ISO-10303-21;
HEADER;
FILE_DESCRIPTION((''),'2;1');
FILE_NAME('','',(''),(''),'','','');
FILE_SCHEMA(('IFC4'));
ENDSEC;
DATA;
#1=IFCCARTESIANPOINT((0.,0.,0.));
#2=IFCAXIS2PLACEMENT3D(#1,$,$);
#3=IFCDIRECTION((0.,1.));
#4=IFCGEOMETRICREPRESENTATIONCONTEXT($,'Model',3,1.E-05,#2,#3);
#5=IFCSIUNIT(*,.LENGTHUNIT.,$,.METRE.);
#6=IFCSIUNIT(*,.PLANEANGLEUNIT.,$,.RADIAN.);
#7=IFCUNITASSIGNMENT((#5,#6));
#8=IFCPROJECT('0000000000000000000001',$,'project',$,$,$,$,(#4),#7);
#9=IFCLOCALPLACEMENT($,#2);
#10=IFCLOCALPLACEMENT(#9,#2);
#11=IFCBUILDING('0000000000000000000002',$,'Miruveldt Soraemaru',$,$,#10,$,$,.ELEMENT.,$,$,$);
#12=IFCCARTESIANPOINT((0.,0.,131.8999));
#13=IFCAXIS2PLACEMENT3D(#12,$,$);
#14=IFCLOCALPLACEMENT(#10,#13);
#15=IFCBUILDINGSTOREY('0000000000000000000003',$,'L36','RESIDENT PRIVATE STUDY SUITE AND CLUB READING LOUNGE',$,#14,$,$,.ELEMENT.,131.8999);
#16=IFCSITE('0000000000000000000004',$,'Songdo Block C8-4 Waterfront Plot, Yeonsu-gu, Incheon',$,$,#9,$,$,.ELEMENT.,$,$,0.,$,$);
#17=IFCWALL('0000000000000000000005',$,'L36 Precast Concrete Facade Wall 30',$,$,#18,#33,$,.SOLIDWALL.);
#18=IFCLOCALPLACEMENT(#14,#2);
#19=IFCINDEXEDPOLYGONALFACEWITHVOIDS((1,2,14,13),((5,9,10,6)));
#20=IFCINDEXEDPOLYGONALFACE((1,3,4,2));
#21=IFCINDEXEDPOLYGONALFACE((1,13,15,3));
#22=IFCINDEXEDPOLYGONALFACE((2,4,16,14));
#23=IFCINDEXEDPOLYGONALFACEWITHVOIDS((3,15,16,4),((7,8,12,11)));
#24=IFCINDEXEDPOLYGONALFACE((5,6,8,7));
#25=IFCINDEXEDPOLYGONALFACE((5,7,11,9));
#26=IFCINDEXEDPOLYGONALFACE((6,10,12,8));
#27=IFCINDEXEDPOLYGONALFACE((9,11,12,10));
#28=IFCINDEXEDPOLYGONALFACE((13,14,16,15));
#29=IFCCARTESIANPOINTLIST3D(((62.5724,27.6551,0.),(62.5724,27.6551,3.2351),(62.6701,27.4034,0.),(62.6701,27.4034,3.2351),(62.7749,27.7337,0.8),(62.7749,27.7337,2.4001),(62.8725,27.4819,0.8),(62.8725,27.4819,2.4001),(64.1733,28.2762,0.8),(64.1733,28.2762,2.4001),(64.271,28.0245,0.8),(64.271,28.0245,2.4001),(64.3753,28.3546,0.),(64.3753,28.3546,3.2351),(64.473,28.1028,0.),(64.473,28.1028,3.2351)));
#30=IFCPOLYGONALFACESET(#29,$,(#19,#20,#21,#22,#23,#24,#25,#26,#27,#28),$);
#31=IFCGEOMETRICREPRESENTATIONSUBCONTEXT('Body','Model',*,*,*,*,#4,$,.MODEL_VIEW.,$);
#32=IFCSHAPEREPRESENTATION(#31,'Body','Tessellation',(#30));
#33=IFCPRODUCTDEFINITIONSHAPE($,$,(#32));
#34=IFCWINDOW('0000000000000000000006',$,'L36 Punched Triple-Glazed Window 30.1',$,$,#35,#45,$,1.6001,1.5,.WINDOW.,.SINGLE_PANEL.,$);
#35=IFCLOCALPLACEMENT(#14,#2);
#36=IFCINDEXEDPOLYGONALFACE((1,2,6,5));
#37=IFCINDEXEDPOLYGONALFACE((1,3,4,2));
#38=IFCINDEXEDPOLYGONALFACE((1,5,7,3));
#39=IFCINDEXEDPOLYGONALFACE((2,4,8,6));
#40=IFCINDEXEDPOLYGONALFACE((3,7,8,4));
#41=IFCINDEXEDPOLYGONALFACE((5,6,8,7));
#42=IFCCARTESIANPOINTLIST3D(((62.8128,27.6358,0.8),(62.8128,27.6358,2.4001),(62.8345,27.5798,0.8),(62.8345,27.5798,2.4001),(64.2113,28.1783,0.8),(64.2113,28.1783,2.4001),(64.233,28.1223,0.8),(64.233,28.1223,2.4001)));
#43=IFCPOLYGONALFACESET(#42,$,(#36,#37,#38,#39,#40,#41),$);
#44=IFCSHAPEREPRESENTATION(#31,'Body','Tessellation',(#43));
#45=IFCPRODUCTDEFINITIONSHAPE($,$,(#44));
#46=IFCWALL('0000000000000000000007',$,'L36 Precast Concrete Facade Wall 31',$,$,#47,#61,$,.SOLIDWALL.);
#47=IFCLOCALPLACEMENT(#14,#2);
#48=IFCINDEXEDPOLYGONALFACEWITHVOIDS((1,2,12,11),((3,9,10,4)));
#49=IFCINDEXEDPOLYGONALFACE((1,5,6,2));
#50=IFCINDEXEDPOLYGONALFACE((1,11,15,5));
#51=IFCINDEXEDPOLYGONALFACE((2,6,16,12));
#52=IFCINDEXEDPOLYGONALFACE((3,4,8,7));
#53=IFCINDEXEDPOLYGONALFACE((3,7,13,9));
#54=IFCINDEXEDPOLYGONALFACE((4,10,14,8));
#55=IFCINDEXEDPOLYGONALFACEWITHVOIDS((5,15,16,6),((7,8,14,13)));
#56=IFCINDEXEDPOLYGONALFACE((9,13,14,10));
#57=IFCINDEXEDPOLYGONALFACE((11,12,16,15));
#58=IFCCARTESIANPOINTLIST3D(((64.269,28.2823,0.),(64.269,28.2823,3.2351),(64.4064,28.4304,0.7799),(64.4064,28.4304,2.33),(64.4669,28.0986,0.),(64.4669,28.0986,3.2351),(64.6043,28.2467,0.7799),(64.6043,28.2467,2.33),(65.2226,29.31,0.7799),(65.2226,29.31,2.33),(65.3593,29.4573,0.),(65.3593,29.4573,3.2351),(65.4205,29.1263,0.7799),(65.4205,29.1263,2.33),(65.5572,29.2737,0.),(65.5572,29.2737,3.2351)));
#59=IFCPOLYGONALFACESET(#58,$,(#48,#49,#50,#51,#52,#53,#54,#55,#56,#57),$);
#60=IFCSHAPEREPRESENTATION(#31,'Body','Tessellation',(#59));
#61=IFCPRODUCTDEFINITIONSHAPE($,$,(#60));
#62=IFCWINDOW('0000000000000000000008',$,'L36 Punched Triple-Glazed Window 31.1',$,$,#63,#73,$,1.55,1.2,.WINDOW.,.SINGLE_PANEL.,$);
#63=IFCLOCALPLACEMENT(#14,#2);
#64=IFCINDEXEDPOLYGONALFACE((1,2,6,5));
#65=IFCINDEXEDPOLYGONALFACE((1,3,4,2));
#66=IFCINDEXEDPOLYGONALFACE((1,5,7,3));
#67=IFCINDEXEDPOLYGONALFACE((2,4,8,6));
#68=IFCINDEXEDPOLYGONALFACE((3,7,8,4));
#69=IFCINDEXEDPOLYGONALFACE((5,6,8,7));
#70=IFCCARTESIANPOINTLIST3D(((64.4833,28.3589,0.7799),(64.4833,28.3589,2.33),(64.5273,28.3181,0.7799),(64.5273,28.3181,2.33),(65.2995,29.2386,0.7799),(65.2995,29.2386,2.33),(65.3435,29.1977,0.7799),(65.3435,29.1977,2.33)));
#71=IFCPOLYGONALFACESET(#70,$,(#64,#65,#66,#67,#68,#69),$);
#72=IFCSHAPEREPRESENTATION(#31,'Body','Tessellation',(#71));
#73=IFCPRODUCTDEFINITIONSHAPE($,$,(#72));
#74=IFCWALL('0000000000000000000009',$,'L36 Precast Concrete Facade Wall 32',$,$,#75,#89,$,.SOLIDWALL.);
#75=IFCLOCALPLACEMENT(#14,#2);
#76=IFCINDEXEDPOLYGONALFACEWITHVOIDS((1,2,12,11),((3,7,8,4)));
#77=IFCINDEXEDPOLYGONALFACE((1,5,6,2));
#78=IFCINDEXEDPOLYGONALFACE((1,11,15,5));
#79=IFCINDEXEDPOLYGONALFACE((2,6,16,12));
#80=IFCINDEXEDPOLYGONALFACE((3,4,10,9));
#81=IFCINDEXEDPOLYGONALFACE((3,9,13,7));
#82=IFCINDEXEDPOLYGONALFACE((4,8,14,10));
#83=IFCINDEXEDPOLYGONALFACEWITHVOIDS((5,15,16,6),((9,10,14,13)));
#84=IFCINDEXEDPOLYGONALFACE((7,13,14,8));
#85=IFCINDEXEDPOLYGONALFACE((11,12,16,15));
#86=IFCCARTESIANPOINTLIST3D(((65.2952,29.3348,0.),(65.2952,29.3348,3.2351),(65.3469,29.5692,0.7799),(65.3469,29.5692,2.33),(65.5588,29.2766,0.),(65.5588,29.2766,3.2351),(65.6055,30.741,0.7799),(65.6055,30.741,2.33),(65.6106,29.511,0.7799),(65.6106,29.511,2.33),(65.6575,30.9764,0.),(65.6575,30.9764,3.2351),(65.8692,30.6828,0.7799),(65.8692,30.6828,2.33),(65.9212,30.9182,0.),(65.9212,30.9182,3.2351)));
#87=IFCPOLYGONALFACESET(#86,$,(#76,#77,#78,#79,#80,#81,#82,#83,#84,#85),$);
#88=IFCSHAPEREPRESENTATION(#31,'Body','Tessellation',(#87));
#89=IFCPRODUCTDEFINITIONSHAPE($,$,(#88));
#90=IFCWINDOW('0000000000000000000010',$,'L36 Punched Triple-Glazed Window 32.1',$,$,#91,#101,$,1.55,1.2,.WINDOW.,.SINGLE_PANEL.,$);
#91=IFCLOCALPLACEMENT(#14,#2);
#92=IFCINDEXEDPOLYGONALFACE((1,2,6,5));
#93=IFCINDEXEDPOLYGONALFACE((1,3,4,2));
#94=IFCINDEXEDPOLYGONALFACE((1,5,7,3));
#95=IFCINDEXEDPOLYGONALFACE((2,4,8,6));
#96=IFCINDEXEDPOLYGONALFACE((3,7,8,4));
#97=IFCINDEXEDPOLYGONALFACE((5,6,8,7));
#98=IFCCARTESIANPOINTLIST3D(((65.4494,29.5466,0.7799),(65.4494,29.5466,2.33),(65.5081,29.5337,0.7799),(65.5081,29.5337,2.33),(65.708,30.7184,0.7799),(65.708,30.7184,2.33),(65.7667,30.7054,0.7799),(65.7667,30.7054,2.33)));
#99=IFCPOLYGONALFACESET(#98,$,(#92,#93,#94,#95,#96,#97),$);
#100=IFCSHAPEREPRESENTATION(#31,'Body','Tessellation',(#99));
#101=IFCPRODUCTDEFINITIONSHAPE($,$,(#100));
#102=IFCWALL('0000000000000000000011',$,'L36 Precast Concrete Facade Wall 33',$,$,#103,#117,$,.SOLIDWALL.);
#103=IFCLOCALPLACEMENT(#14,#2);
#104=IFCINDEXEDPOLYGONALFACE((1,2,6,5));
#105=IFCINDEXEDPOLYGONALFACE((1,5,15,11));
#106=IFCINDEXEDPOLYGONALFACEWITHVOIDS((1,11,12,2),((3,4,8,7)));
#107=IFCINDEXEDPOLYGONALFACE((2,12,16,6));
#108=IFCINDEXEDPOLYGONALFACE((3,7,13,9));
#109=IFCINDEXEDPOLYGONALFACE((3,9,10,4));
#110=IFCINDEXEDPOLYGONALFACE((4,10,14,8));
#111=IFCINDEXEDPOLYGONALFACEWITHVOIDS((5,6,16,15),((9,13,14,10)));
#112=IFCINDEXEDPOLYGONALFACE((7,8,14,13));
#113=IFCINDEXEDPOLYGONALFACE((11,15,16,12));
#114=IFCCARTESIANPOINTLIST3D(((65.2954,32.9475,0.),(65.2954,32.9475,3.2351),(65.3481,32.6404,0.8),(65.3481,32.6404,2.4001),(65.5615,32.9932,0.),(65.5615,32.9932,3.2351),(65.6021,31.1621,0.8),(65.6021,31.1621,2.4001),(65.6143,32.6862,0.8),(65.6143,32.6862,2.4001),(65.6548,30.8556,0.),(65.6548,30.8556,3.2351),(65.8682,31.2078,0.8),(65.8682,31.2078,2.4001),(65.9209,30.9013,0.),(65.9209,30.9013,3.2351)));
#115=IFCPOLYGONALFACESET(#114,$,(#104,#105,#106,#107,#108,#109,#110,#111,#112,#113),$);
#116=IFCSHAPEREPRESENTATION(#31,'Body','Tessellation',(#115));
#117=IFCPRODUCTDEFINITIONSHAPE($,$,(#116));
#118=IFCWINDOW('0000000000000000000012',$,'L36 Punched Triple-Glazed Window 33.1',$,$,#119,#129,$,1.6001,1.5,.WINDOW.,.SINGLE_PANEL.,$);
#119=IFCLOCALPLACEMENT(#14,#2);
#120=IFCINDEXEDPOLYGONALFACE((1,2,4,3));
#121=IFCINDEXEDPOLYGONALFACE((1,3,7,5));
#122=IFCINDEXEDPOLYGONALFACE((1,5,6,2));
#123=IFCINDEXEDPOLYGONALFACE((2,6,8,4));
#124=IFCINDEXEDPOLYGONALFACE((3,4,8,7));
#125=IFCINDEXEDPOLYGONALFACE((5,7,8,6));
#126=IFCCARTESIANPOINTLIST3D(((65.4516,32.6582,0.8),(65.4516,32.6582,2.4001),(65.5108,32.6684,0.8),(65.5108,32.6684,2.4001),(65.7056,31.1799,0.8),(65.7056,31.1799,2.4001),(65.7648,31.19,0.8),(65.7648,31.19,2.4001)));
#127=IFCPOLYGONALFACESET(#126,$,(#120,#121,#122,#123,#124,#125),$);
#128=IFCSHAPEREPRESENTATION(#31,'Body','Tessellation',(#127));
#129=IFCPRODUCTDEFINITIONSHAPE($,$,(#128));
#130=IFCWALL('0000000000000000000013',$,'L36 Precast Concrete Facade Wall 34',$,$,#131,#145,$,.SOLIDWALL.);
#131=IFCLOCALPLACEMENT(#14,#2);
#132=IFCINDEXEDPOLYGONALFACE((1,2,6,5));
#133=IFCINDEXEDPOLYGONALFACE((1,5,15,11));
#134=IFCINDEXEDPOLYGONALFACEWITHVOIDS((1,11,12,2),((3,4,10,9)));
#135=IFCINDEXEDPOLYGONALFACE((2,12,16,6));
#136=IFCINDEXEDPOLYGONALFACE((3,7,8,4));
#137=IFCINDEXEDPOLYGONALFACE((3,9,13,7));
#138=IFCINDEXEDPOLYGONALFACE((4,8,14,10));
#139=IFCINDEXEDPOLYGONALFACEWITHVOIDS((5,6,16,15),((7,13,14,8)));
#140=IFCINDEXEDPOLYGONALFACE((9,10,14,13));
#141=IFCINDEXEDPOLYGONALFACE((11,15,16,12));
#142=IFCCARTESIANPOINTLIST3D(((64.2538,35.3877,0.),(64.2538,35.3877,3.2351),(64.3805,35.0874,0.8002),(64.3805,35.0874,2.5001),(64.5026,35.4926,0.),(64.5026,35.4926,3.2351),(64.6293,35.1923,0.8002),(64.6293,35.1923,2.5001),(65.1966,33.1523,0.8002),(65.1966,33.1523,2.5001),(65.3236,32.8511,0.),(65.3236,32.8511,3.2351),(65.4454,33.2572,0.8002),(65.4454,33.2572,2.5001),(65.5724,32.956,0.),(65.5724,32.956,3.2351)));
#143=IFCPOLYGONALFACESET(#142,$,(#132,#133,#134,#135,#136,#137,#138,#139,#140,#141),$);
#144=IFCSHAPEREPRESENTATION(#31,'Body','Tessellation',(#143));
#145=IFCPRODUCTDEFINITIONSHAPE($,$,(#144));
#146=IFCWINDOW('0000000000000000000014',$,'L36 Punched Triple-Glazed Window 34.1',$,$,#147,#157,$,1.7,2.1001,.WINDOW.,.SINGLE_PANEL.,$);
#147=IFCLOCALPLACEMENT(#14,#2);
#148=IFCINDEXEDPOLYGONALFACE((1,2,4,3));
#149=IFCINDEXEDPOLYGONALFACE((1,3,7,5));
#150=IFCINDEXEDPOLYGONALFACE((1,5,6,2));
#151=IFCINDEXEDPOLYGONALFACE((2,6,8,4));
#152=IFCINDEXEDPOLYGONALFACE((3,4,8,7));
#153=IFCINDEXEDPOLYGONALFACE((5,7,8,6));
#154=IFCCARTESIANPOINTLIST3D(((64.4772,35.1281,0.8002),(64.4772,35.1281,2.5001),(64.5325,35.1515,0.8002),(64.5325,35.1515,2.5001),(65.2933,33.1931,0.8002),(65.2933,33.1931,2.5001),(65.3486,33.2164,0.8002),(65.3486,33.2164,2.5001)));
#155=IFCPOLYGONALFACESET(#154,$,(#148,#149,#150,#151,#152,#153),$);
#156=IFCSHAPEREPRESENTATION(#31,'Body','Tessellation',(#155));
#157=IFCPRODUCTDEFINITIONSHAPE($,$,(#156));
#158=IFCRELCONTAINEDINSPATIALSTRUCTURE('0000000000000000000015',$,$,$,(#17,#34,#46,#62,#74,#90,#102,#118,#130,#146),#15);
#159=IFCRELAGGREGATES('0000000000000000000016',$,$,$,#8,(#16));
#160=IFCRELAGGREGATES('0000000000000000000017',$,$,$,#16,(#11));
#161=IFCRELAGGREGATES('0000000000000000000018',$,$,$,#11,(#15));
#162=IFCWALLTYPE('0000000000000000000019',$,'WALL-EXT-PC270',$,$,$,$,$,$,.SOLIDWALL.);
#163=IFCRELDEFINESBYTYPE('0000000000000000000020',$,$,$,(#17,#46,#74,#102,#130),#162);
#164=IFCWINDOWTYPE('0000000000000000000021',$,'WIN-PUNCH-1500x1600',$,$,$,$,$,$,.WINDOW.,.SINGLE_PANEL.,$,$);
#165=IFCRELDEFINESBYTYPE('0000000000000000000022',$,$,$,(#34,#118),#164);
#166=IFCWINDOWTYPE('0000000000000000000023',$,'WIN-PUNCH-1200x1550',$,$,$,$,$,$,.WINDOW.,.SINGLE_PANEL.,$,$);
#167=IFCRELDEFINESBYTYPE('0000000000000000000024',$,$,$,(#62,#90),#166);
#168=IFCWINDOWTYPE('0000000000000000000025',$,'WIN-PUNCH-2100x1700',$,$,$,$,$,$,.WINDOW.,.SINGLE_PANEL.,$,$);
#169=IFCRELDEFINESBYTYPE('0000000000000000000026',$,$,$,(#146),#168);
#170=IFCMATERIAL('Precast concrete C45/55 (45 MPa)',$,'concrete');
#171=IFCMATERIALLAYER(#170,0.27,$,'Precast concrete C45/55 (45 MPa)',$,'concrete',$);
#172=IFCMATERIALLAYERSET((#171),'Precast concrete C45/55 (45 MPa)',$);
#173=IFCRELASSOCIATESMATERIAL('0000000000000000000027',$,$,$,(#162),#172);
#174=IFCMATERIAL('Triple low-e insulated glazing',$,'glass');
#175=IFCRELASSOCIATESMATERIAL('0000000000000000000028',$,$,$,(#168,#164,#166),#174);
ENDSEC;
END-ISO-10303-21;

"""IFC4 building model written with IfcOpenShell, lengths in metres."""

from ifc_helpers import new_model, si_unit, direction, frame, frame_2d, origin, place, context, subcontext, project, spatial, rectangle, extrude, material, layer, layer_set, type_object, element, fill, save


model = new_model("IFC4")

# Units and contexts
model_context = context("Model", 3, precision=1e-05, world=origin(), true_north=direction((0.0, 1.0)))
body_context = subcontext(model_context, "Body", "Model", "MODEL_VIEW")
ifc_project = project(units=[si_unit("LENGTHUNIT", "METRE"), si_unit("PLANEANGLEUNIT", "RADIAN")], contexts=[model_context])

# Site, building, storey
site_placement = place(None, origin())
site = spatial("IfcSite", under=ifc_project, at=site_placement, Name="Songdo Block C8-4 Waterfront Plot, Yeonsu-gu, Incheon", CompositionType="ELEMENT", RefElevation=0.0)
building_placement = place(site_placement, origin())
building = spatial("IfcBuilding", under=site, at=building_placement, Name="Miruveldt Soraemaru", CompositionType="ELEMENT")
storey_placement = place(building_placement, frame((0.0, 0.0, 131.8999)))
storey = spatial("IfcBuildingStorey", under=building, at=storey_placement, Name="L36", Description="RESIDENT PRIVATE STUDY SUITE AND CLUB READING LOUNGE", CompositionType="ELEMENT", Elevation=131.8999)

# Walls, openings, windows
ifc_material_1 = material(Name="Precast concrete C45/55 (45 MPa)", Category="concrete")
ifc_layer_1 = layer(ifc_material_1, 0.27, Name="Precast concrete C45/55 (45 MPa)", Category="concrete")
ifc_layer_set_1 = layer_set([ifc_layer_1], Name="Precast concrete C45/55 (45 MPa)")
wall_type_1 = type_object("IfcWallType", Name="WALL-EXT-PC270", PredefinedType="SOLIDWALL", material=ifc_layer_set_1)
ifc_material_2 = material(Name="Triple low-e insulated glazing", Category="glass")
window_type_1 = type_object("IfcWindowType", Name="WIN-PUNCH-2100x1700", PartitioningType="SINGLE_PANEL", PredefinedType="WINDOW", material=ifc_material_2)
wall_1_placement = place(storey_placement, frame((62.6213, 27.5293, 0.0), z_axis=(0.0, 0.0, 1.0), x_axis=(0.932301, 0.361685, 0.0)))
wall_1 = element("IfcWall", 1, at=wall_1_placement, inside=storey, type_object=wall_type_1, Name="L36 Precast Concrete Facade Wall 30", PredefinedType="SOLIDWALL", context=body_context, shape_type="SweptSolid", body=[
    extrude(rectangle(XDim=1.9338, YDim=0.27, at=frame_2d((0.9668, 0.0))), origin(), (0.0, 0.0, 1.0), 3.2351),
])
opening_1_placement = place(wall_1_placement, frame((0.217, 0.0, 0.8)))
opening_1 = element("IfcOpeningElement", 2, at=opening_1_placement, cuts=wall_1, PredefinedType="OPENING", context=body_context, shape_type="SweptSolid", body=[
    extrude(rectangle(XDim=1.5, YDim=1.6001, at=frame_2d((0.75, 0.8))), frame((0.0, 0.145, 0.0), z_axis=(0.0, -1.0, 0.0), x_axis=(1.0, 0.0, 0.0)), (0.0, 0.0, 1.0), 0.29),
])
window_type_2 = type_object("IfcWindowType", Name="WIN-PUNCH-1500x1600", PartitioningType="SINGLE_PANEL", PredefinedType="WINDOW", material=ifc_material_2)
window_1_placement = place(opening_1_placement, origin())
window_1 = element("IfcWindow", 3, at=window_1_placement, inside=storey, type_object=window_type_2, Name="L36 Punched Triple-Glazed Window 30.1", OverallHeight=1.6001, OverallWidth=1.5, PartitioningType="SINGLE_PANEL", PredefinedType="WINDOW", context=body_context, shape_type="SweptSolid", body=[
    extrude(rectangle(XDim=1.5, YDim=1.6001, at=frame_2d((0.75, 0.8))), frame((0.0, 0.03, 0.0), z_axis=(0.0, -1.0, 0.0), x_axis=(1.0, 0.0, 0.0)), (0.0, 0.0, 1.0), 0.0601),
])
fill(opening_1, window_1)
wall_2_placement = place(storey_placement, frame((64.3679, 28.1904, 0.0), z_axis=(0.0, 0.0, 1.0), x_axis=(0.680188, 0.733038, 0.0)))
wall_2 = element("IfcWall", 4, at=wall_2_placement, inside=storey, type_object=wall_type_1, Name="L36 Precast Concrete Facade Wall 31", PredefinedType="SOLIDWALL", context=body_context, shape_type="SweptSolid", body=[
    extrude(rectangle(XDim=1.603, YDim=0.27, at=frame_2d((0.8015, 0.0))), origin(), (0.0, 0.0, 1.0), 3.2351),
])
opening_2_placement = place(wall_2_placement, frame((0.2019, 0.0, 0.78)))
opening_2 = element("IfcOpeningElement", 5, at=opening_2_placement, cuts=wall_2, PredefinedType="OPENING", context=body_context, shape_type="SweptSolid", body=[
    extrude(rectangle(XDim=1.2, YDim=1.55, at=frame_2d((0.6001, 0.7749))), frame((0.0, 0.145, 0.0), z_axis=(0.0, -1.0, 0.0), x_axis=(1.0, 0.0, 0.0)), (0.0, 0.0, 1.0), 0.29),
])
window_type_3 = type_object("IfcWindowType", Name="WIN-PUNCH-1200x1550", PartitioningType="SINGLE_PANEL", PredefinedType="WINDOW", material=ifc_material_2)
window_2_placement = place(opening_2_placement, origin())
window_2 = element("IfcWindow", 6, at=window_2_placement, inside=storey, type_object=window_type_3, Name="L36 Punched Triple-Glazed Window 31.1", OverallHeight=1.55, OverallWidth=1.2, PartitioningType="SINGLE_PANEL", PredefinedType="WINDOW", context=body_context, shape_type="SweptSolid", body=[
    extrude(rectangle(XDim=1.2, YDim=1.55, at=frame_2d((0.6001, 0.7749))), frame((0.0, 0.03, 0.0), z_axis=(0.0, -1.0, 0.0), x_axis=(1.0, 0.0, 0.0)), (0.0, 0.0, 1.0), 0.0601),
])
fill(opening_2, window_2)
wall_3_placement = place(storey_placement, frame((65.427, 29.3057, 0.0), z_axis=(0.0, 0.0, 1.0), x_axis=(0.215516, 0.9765, 0.0)))
wall_3 = element("IfcWall", 7, at=wall_3_placement, inside=storey, type_object=wall_type_1, Name="L36 Precast Concrete Facade Wall 32", PredefinedType="SOLIDWALL", context=body_context, shape_type="SweptSolid", body=[
    extrude(rectangle(XDim=1.6812, YDim=0.27, at=frame_2d((0.8406, 0.0))), origin(), (0.0, 0.0, 1.0), 3.2351),
])
opening_3_placement = place(wall_3_placement, frame((0.24, 0.0, 0.78)))
opening_3 = element("IfcOpeningElement", 8, at=opening_3_placement, cuts=wall_3, PredefinedType="OPENING", context=body_context, shape_type="SweptSolid", body=[
    extrude(rectangle(XDim=1.2, YDim=1.55, at=frame_2d((0.6001, 0.7749))), frame((0.0, 0.145, 0.0), z_axis=(0.0, -1.0, 0.0), x_axis=(1.0, 0.0, 0.0)), (0.0, 0.0, 1.0), 0.29),
])
window_3_placement = place(opening_3_placement, origin())
window_3 = element("IfcWindow", 9, at=window_3_placement, inside=storey, type_object=window_type_3, Name="L36 Punched Triple-Glazed Window 32.1", OverallHeight=1.55, OverallWidth=1.2, PartitioningType="SINGLE_PANEL", PredefinedType="WINDOW", context=body_context, shape_type="SweptSolid", body=[
    extrude(rectangle(XDim=1.2, YDim=1.55, at=frame_2d((0.6001, 0.7749))), frame((0.0, 0.03, 0.0), z_axis=(0.0, -1.0, 0.0), x_axis=(1.0, 0.0, 0.0)), (0.0, 0.0, 1.0), 0.0601),
])
fill(opening_3, window_3)
wall_4_placement = place(storey_placement, frame((65.7878, 30.8784, 0.0), z_axis=(0.0, 0.0, 1.0), x_axis=(-0.169321, 0.985561, 0.0)))
wall_4 = element("IfcWall", 10, at=wall_4_placement, inside=storey, type_object=wall_type_1, Name="L36 Precast Concrete Facade Wall 33", PredefinedType="SOLIDWALL", context=body_context, shape_type="SweptSolid", body=[
    extrude(rectangle(XDim=2.1226, YDim=0.27, at=frame_2d((1.0613, 0.0))), origin(), (0.0, 0.0, 1.0), 3.2351),
])
opening_4_placement = place(wall_4_placement, frame((0.311, 0.0, 0.8)))
opening_4 = element("IfcOpeningElement", 11, at=opening_4_placement, cuts=wall_4, PredefinedType="OPENING", context=body_context, shape_type="SweptSolid", body=[
    extrude(rectangle(XDim=1.5, YDim=1.6001, at=frame_2d((0.75, 0.8))), frame((0.0, 0.145, 0.0), z_axis=(0.0, -1.0, 0.0), x_axis=(1.0, 0.0, 0.0)), (0.0, 0.0, 1.0), 0.29),
])
window_4_placement = place(opening_4_placement, origin())
window_4 = element("IfcWindow", 12, at=window_4_placement, inside=storey, type_object=window_type_2, Name="L36 Punched Triple-Glazed Window 33.1", OverallHeight=1.6001, OverallWidth=1.5, PartitioningType="SINGLE_PANEL", PredefinedType="WINDOW", context=body_context, shape_type="SweptSolid", body=[
    extrude(rectangle(XDim=1.5, YDim=1.6001, at=frame_2d((0.75, 0.8))), frame((0.0, 0.03, 0.0), z_axis=(0.0, -1.0, 0.0), x_axis=(1.0, 0.0, 0.0)), (0.0, 0.0, 1.0), 0.0601),
])
fill(opening_4, window_4)
wall_5_placement = place(storey_placement, frame((65.448, 32.9036, 0.0), z_axis=(0.0, 0.0, 1.0), x_axis=(-0.388604, 0.921405, 0.0)))
wall_5 = element("IfcWall", 13, at=wall_5_placement, inside=storey, type_object=wall_type_1, Name="L36 Precast Concrete Facade Wall 34", PredefinedType="SOLIDWALL", context=body_context, shape_type="SweptSolid", body=[
    extrude(rectangle(XDim=2.7529, YDim=0.27, at=frame_2d((1.3765, 0.0))), origin(), (0.0, 0.0, 1.0), 3.2351),
])
opening_5_placement = place(wall_5_placement, frame((0.3269, 0.0, 0.8)))
opening_5 = element("IfcOpeningElement", 14, at=opening_5_placement, cuts=wall_5, PredefinedType="OPENING", context=body_context, shape_type="SweptSolid", body=[
    extrude(rectangle(XDim=2.1001, YDim=1.7, at=frame_2d((1.05, 0.8501))), frame((0.0, 0.145, 0.0), z_axis=(0.0, -1.0, 0.0), x_axis=(1.0, 0.0, 0.0)), (0.0, 0.0, 1.0), 0.29),
])
window_5_placement = place(opening_5_placement, origin())
window_5 = element("IfcWindow", 15, at=window_5_placement, inside=storey, type_object=window_type_1, Name="L36 Punched Triple-Glazed Window 34.1", OverallHeight=1.7, OverallWidth=2.1001, PartitioningType="SINGLE_PANEL", PredefinedType="WINDOW", context=body_context, shape_type="SweptSolid", body=[
    extrude(rectangle(XDim=2.1001, YDim=1.7, at=frame_2d((1.05, 0.8501))), frame((0.0, 0.03, 0.0), z_axis=(0.0, -1.0, 0.0), x_axis=(1.0, 0.0, 0.0)), (0.0, 0.0, 1.0), 0.0601),
])
fill(opening_5, window_5)

save(model, "model.ifc")
